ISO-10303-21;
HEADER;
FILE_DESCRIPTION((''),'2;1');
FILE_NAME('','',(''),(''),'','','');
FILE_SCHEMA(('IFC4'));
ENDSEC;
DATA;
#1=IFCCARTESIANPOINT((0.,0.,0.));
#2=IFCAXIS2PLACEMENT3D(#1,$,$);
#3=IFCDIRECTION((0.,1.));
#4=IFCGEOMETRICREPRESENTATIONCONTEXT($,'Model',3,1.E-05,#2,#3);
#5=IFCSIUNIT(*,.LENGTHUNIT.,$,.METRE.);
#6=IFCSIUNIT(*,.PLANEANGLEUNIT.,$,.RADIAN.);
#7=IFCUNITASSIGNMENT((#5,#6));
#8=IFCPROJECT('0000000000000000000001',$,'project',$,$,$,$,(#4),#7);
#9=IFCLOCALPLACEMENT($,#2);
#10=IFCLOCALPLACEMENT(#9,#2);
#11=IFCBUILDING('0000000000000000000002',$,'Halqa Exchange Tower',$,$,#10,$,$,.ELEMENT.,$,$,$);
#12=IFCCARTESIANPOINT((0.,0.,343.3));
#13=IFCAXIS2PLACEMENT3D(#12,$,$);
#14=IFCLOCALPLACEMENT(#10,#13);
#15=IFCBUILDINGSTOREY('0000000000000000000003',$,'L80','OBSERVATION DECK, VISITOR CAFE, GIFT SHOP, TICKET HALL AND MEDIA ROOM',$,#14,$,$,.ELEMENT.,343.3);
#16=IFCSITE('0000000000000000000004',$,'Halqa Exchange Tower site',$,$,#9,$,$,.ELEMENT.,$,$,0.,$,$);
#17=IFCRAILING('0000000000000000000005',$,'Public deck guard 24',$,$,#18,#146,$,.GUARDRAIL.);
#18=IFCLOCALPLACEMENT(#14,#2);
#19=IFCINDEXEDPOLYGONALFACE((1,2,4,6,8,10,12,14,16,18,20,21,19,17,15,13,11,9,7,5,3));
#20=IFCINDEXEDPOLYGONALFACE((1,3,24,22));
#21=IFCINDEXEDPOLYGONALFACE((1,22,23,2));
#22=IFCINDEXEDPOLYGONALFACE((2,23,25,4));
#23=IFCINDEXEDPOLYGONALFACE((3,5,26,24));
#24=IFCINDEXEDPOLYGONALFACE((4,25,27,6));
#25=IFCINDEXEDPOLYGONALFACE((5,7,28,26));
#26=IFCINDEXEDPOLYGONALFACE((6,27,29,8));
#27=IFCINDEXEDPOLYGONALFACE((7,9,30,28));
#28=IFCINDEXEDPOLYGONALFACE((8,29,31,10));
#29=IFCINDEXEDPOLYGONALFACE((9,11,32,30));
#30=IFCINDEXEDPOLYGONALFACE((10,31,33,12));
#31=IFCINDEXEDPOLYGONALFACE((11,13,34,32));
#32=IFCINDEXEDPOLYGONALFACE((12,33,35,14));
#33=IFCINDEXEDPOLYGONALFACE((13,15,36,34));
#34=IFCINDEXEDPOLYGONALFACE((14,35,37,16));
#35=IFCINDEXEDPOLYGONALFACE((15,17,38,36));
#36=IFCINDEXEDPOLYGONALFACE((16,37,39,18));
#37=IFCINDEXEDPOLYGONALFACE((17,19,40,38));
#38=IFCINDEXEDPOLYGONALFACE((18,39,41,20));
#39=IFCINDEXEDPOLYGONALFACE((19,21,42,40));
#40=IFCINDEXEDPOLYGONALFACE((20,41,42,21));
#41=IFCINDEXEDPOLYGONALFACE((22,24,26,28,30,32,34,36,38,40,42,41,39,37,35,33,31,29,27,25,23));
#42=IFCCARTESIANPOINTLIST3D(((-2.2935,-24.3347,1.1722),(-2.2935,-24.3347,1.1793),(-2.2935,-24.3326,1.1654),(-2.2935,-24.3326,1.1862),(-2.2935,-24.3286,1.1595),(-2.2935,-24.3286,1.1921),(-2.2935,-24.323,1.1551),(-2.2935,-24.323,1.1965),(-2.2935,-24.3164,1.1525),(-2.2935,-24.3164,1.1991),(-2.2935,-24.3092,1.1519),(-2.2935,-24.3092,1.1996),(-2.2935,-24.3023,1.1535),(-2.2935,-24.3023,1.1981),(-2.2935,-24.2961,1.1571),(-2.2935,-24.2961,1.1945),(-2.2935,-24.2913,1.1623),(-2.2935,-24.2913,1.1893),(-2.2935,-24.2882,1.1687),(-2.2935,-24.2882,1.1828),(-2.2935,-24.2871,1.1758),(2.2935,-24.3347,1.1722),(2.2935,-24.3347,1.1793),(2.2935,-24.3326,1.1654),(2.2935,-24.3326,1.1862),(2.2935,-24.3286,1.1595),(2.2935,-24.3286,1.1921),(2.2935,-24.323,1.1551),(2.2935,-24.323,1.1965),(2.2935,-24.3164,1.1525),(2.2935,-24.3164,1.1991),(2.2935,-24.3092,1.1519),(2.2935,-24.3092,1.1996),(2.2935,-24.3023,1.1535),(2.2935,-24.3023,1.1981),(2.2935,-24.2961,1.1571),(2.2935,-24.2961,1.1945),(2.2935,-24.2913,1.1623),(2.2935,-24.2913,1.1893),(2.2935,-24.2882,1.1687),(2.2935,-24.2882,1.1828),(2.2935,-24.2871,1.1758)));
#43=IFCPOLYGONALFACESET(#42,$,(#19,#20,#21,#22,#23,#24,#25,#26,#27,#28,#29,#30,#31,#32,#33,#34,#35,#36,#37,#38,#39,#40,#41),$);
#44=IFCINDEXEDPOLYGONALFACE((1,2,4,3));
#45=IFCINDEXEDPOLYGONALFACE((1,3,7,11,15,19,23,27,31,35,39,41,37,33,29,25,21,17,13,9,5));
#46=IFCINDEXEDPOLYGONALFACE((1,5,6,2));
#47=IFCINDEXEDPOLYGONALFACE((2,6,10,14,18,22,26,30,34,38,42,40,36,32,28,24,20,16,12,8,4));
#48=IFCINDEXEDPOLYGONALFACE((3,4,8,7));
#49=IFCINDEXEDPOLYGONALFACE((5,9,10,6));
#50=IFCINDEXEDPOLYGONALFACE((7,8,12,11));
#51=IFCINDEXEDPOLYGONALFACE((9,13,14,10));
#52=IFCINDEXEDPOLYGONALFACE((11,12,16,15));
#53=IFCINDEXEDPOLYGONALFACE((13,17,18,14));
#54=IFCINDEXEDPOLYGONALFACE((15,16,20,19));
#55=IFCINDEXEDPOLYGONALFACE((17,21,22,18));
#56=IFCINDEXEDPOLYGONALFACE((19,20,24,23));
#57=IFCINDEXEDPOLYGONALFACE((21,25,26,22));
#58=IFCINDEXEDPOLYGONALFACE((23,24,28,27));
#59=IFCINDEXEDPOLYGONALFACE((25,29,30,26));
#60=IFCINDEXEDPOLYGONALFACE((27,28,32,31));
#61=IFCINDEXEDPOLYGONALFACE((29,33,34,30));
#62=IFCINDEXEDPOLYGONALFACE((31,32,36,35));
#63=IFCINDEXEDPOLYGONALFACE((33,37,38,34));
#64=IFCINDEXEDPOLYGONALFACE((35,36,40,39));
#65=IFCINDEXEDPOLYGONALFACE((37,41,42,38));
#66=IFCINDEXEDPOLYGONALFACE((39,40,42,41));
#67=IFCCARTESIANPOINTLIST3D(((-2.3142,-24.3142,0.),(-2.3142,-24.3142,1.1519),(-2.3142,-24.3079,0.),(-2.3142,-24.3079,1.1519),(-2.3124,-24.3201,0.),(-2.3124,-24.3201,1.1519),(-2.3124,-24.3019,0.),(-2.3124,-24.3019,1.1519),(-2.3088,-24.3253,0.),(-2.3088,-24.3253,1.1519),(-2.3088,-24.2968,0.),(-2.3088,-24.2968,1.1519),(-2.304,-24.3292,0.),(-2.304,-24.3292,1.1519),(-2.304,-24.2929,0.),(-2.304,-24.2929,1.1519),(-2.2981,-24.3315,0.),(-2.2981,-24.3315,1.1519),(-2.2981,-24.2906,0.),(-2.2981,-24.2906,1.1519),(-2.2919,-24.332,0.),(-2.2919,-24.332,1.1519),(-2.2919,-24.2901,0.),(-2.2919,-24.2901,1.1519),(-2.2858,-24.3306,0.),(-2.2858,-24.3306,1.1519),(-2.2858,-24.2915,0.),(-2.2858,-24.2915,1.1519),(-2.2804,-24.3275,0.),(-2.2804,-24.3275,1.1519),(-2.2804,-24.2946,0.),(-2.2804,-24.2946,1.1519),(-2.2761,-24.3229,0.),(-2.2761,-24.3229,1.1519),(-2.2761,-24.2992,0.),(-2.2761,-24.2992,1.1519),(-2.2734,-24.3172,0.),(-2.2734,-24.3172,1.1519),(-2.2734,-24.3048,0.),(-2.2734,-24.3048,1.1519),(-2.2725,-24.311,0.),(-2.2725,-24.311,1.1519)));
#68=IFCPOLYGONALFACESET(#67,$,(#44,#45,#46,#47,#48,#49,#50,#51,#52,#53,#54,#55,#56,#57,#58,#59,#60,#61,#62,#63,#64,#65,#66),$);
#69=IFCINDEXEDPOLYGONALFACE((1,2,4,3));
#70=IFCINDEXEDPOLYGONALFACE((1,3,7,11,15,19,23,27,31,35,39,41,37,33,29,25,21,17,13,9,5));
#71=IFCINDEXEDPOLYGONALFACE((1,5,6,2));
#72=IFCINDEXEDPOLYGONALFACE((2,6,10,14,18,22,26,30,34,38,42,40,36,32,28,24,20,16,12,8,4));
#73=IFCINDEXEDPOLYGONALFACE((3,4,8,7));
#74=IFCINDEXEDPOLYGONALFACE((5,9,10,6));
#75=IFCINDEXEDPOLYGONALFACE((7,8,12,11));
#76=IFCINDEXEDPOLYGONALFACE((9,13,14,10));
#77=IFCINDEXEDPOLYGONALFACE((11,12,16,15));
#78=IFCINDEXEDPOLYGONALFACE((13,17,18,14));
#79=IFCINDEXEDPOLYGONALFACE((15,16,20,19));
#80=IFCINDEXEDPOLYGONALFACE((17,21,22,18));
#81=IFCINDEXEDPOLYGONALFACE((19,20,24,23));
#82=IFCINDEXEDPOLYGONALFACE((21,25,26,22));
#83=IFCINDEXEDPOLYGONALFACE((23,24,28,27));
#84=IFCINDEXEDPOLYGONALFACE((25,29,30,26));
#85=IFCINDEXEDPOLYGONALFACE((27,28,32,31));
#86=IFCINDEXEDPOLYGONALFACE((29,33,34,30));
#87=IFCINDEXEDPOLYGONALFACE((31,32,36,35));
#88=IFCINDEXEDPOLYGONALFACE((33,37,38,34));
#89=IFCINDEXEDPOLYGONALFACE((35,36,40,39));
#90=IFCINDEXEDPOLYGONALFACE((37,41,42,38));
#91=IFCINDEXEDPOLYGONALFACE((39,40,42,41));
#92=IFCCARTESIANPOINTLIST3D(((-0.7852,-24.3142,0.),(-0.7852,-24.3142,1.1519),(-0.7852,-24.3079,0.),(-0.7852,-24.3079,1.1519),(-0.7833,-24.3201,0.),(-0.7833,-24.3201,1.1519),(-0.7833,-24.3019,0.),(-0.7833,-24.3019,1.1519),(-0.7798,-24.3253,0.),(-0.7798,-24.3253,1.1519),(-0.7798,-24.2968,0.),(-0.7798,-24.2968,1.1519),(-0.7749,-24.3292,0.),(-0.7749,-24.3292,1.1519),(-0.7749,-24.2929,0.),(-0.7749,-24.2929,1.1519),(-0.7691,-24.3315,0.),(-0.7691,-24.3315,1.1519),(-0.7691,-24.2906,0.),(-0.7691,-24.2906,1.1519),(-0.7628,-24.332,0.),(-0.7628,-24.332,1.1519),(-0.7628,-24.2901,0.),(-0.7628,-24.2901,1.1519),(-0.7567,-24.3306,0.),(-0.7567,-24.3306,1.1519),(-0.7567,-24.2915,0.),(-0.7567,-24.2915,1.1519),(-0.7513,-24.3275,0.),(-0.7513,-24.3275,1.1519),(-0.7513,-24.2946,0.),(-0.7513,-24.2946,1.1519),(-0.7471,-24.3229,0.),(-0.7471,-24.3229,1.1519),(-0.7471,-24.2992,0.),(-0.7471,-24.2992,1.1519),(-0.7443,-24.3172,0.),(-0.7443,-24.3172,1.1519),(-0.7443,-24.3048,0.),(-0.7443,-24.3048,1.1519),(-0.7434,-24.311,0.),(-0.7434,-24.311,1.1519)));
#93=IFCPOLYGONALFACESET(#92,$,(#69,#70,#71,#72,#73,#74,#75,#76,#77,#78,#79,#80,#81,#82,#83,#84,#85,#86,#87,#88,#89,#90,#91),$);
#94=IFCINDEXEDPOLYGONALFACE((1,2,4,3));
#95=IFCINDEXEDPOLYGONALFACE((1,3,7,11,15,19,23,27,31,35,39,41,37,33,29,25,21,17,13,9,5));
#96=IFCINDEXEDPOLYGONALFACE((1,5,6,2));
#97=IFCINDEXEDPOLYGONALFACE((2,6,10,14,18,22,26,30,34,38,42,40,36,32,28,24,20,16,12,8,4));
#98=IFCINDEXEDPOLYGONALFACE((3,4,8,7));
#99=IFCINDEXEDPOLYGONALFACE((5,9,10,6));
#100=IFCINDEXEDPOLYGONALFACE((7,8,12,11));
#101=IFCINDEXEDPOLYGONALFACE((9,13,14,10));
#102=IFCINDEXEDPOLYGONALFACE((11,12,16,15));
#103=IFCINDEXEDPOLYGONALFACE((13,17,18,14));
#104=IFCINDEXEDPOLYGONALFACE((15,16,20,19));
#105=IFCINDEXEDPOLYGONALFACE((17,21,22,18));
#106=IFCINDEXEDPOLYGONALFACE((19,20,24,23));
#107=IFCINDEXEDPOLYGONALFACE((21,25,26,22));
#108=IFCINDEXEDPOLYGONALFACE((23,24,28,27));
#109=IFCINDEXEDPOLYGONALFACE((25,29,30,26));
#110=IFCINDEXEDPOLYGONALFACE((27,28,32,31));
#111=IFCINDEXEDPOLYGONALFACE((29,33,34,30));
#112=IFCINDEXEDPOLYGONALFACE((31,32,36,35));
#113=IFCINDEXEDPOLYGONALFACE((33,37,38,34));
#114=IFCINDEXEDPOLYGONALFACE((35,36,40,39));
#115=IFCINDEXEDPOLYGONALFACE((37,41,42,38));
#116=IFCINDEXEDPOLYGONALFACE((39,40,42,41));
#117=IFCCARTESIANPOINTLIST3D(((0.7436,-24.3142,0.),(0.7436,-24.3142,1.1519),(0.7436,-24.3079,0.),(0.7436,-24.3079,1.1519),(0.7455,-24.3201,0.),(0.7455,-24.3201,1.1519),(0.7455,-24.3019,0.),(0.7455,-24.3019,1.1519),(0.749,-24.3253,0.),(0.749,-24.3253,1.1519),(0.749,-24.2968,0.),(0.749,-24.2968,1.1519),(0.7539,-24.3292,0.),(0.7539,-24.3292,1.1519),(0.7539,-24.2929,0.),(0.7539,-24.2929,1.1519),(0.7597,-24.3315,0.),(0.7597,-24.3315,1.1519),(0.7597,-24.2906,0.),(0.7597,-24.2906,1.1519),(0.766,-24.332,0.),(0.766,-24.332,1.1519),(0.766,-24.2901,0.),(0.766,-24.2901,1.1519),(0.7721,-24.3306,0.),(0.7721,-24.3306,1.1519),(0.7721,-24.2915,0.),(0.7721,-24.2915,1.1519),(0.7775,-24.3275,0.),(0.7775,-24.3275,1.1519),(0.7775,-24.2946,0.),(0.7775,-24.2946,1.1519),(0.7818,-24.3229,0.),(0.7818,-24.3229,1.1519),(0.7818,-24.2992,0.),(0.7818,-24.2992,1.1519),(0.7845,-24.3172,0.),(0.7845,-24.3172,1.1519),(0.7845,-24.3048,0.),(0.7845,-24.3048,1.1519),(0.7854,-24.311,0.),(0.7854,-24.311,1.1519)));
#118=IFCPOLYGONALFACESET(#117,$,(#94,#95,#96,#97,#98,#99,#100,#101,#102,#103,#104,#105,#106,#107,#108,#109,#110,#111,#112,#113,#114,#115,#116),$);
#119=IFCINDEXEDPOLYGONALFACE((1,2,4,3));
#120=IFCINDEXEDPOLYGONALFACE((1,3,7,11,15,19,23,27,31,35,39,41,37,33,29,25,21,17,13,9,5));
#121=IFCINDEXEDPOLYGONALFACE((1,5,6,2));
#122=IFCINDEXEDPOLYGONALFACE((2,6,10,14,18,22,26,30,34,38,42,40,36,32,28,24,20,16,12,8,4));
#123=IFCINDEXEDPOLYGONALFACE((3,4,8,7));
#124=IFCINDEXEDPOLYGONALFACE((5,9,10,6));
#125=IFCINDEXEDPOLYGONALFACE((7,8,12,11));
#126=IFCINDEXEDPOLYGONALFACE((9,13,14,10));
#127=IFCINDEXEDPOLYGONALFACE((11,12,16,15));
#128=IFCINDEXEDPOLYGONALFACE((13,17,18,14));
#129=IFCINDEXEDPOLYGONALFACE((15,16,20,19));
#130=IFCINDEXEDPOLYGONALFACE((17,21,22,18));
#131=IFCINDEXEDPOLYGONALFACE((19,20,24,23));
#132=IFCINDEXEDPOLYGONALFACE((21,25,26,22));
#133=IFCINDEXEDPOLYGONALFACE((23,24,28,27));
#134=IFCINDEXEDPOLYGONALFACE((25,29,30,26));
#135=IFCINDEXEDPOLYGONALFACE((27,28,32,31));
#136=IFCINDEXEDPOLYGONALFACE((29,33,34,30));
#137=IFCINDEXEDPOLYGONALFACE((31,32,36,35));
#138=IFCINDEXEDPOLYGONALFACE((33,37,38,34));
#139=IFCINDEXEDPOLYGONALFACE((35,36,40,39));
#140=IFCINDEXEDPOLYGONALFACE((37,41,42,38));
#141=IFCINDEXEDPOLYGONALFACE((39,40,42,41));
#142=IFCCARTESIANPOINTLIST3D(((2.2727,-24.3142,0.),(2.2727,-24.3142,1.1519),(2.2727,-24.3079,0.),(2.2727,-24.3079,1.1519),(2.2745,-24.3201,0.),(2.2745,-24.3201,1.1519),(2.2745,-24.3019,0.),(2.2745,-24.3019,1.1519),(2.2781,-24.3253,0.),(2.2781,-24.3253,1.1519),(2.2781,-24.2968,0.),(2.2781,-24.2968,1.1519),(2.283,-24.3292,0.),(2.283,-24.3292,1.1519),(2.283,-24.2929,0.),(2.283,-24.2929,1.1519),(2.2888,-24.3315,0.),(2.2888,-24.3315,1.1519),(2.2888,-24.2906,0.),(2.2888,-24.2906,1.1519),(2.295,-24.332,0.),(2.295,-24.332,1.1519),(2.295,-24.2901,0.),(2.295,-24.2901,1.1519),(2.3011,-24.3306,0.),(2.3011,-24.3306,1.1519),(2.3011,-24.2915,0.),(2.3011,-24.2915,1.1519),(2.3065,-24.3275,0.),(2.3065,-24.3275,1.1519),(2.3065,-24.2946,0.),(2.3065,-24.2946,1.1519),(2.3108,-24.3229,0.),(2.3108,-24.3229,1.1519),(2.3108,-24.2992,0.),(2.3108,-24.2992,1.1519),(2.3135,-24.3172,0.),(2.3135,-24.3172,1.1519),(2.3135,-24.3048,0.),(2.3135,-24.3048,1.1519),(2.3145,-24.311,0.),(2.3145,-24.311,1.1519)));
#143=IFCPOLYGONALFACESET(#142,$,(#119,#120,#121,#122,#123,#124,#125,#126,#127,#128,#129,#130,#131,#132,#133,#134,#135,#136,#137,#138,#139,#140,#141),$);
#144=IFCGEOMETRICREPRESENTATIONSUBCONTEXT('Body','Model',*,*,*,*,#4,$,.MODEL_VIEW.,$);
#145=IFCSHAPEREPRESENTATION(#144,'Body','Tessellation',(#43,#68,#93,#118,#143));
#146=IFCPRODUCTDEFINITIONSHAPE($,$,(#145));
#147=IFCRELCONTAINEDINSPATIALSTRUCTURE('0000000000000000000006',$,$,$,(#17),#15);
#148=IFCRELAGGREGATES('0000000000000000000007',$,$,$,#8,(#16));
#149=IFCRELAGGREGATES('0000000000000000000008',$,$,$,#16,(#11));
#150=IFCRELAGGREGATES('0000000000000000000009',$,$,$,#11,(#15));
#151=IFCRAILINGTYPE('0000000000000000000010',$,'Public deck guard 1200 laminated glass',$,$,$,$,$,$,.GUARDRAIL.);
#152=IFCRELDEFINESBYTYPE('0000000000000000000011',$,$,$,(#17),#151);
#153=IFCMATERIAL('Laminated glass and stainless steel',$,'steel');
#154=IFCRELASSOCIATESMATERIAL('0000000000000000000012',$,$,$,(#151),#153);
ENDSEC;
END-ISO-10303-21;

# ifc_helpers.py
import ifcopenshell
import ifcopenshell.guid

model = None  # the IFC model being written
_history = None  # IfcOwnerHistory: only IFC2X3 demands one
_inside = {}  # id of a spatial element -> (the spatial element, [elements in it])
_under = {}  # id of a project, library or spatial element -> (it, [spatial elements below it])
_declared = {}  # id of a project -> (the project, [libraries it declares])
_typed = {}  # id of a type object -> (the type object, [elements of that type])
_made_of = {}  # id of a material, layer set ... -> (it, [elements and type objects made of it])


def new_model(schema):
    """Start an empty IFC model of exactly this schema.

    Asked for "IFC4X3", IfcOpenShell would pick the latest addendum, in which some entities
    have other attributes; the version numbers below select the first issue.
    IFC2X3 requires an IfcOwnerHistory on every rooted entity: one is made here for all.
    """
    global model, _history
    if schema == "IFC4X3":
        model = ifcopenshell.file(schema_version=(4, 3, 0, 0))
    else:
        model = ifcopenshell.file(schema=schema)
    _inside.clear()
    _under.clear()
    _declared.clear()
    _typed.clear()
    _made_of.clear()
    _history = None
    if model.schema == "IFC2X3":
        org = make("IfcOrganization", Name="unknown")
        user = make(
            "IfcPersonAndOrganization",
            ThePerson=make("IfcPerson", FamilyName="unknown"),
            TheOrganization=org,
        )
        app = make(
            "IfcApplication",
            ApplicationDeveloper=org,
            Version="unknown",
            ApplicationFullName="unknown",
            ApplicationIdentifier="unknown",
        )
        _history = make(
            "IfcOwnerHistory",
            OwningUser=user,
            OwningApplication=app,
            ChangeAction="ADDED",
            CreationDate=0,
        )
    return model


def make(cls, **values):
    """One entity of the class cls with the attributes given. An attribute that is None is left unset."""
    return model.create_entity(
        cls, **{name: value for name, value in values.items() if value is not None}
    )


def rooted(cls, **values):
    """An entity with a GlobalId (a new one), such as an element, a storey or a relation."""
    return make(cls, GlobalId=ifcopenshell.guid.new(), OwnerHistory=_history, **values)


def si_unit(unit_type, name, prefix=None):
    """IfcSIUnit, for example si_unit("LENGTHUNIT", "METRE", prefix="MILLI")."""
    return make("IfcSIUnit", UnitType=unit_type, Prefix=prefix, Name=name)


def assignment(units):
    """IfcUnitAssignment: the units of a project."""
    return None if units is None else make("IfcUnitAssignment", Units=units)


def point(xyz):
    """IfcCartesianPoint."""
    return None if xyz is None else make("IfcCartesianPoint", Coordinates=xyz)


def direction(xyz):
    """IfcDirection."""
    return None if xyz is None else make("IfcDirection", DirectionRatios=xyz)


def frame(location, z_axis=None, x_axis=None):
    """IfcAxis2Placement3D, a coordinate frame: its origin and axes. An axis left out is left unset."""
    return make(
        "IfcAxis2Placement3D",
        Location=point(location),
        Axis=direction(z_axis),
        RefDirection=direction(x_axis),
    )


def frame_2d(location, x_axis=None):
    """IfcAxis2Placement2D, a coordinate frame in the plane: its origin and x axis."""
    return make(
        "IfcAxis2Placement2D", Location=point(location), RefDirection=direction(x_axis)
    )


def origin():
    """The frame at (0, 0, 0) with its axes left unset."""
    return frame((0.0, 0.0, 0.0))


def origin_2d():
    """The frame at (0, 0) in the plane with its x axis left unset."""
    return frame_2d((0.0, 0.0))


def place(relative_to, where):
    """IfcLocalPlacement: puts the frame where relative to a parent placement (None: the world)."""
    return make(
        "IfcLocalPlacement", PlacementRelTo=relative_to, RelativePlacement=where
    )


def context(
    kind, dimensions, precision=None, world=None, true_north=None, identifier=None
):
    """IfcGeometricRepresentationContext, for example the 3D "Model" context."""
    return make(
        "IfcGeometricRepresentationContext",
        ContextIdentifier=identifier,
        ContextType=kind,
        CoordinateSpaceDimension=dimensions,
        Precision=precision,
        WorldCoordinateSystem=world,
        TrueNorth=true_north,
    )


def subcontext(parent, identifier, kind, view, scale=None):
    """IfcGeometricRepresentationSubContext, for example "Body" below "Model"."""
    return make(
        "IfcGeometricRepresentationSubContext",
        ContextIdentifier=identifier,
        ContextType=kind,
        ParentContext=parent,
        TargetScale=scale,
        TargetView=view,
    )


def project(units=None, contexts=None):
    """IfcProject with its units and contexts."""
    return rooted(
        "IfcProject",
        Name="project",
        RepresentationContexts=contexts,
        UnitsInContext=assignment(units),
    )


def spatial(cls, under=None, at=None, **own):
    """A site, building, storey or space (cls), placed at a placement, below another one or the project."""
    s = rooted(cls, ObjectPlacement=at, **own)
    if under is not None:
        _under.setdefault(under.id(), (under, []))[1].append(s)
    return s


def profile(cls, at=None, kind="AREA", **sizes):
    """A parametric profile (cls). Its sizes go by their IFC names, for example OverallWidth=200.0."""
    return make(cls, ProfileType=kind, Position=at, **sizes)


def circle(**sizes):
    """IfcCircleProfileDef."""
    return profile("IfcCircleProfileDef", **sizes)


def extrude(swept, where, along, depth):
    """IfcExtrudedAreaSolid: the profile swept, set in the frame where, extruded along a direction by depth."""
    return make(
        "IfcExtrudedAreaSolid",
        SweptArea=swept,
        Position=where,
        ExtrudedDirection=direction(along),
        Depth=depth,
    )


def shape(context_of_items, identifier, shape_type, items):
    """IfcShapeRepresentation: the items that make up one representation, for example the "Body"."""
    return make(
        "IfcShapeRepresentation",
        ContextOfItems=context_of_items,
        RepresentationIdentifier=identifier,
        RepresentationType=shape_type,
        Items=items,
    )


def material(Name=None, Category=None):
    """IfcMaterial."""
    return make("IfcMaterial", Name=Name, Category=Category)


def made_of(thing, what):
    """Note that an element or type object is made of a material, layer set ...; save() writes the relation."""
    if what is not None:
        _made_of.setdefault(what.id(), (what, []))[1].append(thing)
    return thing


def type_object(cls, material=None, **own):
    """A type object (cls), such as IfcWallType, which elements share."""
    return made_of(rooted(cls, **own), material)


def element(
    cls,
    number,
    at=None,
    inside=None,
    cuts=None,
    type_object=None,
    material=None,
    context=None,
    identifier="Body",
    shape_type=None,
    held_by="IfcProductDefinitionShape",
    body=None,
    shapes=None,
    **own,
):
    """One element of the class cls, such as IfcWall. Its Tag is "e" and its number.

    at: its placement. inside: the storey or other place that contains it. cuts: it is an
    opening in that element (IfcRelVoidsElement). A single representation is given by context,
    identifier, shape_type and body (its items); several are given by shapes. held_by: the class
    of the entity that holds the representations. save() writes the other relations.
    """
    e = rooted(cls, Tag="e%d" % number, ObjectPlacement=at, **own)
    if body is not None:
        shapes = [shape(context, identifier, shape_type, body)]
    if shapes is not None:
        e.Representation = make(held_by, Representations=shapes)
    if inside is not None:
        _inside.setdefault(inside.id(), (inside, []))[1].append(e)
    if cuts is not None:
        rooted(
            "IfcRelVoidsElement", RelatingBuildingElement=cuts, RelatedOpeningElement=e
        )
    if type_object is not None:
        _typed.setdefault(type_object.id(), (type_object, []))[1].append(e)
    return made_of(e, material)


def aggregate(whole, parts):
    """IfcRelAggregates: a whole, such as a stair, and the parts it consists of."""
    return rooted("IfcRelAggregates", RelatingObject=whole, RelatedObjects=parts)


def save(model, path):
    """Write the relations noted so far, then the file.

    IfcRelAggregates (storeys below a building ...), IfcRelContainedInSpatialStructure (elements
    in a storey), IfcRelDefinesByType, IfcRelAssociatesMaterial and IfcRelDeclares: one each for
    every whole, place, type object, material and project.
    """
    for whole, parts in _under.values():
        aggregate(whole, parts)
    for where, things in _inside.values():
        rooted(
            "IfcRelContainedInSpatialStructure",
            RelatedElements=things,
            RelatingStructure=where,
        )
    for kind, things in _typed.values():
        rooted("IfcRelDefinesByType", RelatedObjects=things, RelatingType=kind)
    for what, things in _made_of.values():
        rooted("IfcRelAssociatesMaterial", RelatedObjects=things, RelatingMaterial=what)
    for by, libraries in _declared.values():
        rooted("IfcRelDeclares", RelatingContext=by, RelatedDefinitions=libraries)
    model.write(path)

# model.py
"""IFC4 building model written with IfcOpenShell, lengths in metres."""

from ifc_helpers import new_model, si_unit, direction, frame, origin, origin_2d, place, context, subcontext, project, spatial, circle, extrude, material, type_object, element, save


model = new_model("IFC4")

# Units and contexts
model_context = context("Model", 3, precision=1e-05, world=origin(), true_north=direction((0.0, 1.0)))
body_context = subcontext(model_context, "Body", "Model", "MODEL_VIEW")
ifc_project = project(units=[si_unit("LENGTHUNIT", "METRE"), si_unit("PLANEANGLEUNIT", "RADIAN")], contexts=[model_context])

# Site, building, storey
site_placement = place(None, origin())
site = spatial("IfcSite", under=ifc_project, at=site_placement, Name="Halqa Exchange Tower site", CompositionType="ELEMENT", RefElevation=0.0)
building_placement = place(site_placement, origin())
building = spatial("IfcBuilding", under=site, at=building_placement, Name="Halqa Exchange Tower", CompositionType="ELEMENT")
storey_placement = place(building_placement, frame((0.0, 0.0, 343.3)))
storey = spatial("IfcBuildingStorey", under=building, at=storey_placement, Name="L80", Description="OBSERVATION DECK, VISITOR CAFE, GIFT SHOP, TICKET HALL AND MEDIA ROOM", CompositionType="ELEMENT", Elevation=343.3)

# Railing
ifc_material_1 = material(Name="Laminated glass and stainless steel", Category="steel")
railing_type = type_object("IfcRailingType", Name="Public deck guard 1200 laminated glass", PredefinedType="GUARDRAIL", material=ifc_material_1)
railing_1_placement = place(storey_placement, frame((-2.2935, -24.311, 0.0)))
element("IfcRailing", 1, at=railing_1_placement, inside=storey, type_object=railing_type, Name="Public deck guard 24", PredefinedType="GUARDRAIL", context=body_context, shape_type="SweptSolid", body=[
    extrude(circle(Radius=0.0239, at=origin_2d()), frame((0.0, 0.0, 1.1758), z_axis=(1.0, 0.0, 0.0), x_axis=(0.0, 1.0, 0.0)), (0.0, 0.0, 1.0), 4.5869),
    extrude(circle(Radius=0.021, at=origin_2d()), origin(), (0.0, 0.0, 1.0), 1.1519),
    extrude(circle(Radius=0.021, at=origin_2d()), frame((1.5291, 0.0, 0.0)), (0.0, 0.0, 1.0), 1.1519),
    extrude(circle(Radius=0.021, at=origin_2d()), frame((3.0579, 0.0, 0.0)), (0.0, 0.0, 1.0), 1.1519),
    extrude(circle(Radius=0.021, at=origin_2d()), frame((4.5869, 0.0, 0.0)), (0.0, 0.0, 1.0), 1.1519),
])

save(model, "model.ifc")
